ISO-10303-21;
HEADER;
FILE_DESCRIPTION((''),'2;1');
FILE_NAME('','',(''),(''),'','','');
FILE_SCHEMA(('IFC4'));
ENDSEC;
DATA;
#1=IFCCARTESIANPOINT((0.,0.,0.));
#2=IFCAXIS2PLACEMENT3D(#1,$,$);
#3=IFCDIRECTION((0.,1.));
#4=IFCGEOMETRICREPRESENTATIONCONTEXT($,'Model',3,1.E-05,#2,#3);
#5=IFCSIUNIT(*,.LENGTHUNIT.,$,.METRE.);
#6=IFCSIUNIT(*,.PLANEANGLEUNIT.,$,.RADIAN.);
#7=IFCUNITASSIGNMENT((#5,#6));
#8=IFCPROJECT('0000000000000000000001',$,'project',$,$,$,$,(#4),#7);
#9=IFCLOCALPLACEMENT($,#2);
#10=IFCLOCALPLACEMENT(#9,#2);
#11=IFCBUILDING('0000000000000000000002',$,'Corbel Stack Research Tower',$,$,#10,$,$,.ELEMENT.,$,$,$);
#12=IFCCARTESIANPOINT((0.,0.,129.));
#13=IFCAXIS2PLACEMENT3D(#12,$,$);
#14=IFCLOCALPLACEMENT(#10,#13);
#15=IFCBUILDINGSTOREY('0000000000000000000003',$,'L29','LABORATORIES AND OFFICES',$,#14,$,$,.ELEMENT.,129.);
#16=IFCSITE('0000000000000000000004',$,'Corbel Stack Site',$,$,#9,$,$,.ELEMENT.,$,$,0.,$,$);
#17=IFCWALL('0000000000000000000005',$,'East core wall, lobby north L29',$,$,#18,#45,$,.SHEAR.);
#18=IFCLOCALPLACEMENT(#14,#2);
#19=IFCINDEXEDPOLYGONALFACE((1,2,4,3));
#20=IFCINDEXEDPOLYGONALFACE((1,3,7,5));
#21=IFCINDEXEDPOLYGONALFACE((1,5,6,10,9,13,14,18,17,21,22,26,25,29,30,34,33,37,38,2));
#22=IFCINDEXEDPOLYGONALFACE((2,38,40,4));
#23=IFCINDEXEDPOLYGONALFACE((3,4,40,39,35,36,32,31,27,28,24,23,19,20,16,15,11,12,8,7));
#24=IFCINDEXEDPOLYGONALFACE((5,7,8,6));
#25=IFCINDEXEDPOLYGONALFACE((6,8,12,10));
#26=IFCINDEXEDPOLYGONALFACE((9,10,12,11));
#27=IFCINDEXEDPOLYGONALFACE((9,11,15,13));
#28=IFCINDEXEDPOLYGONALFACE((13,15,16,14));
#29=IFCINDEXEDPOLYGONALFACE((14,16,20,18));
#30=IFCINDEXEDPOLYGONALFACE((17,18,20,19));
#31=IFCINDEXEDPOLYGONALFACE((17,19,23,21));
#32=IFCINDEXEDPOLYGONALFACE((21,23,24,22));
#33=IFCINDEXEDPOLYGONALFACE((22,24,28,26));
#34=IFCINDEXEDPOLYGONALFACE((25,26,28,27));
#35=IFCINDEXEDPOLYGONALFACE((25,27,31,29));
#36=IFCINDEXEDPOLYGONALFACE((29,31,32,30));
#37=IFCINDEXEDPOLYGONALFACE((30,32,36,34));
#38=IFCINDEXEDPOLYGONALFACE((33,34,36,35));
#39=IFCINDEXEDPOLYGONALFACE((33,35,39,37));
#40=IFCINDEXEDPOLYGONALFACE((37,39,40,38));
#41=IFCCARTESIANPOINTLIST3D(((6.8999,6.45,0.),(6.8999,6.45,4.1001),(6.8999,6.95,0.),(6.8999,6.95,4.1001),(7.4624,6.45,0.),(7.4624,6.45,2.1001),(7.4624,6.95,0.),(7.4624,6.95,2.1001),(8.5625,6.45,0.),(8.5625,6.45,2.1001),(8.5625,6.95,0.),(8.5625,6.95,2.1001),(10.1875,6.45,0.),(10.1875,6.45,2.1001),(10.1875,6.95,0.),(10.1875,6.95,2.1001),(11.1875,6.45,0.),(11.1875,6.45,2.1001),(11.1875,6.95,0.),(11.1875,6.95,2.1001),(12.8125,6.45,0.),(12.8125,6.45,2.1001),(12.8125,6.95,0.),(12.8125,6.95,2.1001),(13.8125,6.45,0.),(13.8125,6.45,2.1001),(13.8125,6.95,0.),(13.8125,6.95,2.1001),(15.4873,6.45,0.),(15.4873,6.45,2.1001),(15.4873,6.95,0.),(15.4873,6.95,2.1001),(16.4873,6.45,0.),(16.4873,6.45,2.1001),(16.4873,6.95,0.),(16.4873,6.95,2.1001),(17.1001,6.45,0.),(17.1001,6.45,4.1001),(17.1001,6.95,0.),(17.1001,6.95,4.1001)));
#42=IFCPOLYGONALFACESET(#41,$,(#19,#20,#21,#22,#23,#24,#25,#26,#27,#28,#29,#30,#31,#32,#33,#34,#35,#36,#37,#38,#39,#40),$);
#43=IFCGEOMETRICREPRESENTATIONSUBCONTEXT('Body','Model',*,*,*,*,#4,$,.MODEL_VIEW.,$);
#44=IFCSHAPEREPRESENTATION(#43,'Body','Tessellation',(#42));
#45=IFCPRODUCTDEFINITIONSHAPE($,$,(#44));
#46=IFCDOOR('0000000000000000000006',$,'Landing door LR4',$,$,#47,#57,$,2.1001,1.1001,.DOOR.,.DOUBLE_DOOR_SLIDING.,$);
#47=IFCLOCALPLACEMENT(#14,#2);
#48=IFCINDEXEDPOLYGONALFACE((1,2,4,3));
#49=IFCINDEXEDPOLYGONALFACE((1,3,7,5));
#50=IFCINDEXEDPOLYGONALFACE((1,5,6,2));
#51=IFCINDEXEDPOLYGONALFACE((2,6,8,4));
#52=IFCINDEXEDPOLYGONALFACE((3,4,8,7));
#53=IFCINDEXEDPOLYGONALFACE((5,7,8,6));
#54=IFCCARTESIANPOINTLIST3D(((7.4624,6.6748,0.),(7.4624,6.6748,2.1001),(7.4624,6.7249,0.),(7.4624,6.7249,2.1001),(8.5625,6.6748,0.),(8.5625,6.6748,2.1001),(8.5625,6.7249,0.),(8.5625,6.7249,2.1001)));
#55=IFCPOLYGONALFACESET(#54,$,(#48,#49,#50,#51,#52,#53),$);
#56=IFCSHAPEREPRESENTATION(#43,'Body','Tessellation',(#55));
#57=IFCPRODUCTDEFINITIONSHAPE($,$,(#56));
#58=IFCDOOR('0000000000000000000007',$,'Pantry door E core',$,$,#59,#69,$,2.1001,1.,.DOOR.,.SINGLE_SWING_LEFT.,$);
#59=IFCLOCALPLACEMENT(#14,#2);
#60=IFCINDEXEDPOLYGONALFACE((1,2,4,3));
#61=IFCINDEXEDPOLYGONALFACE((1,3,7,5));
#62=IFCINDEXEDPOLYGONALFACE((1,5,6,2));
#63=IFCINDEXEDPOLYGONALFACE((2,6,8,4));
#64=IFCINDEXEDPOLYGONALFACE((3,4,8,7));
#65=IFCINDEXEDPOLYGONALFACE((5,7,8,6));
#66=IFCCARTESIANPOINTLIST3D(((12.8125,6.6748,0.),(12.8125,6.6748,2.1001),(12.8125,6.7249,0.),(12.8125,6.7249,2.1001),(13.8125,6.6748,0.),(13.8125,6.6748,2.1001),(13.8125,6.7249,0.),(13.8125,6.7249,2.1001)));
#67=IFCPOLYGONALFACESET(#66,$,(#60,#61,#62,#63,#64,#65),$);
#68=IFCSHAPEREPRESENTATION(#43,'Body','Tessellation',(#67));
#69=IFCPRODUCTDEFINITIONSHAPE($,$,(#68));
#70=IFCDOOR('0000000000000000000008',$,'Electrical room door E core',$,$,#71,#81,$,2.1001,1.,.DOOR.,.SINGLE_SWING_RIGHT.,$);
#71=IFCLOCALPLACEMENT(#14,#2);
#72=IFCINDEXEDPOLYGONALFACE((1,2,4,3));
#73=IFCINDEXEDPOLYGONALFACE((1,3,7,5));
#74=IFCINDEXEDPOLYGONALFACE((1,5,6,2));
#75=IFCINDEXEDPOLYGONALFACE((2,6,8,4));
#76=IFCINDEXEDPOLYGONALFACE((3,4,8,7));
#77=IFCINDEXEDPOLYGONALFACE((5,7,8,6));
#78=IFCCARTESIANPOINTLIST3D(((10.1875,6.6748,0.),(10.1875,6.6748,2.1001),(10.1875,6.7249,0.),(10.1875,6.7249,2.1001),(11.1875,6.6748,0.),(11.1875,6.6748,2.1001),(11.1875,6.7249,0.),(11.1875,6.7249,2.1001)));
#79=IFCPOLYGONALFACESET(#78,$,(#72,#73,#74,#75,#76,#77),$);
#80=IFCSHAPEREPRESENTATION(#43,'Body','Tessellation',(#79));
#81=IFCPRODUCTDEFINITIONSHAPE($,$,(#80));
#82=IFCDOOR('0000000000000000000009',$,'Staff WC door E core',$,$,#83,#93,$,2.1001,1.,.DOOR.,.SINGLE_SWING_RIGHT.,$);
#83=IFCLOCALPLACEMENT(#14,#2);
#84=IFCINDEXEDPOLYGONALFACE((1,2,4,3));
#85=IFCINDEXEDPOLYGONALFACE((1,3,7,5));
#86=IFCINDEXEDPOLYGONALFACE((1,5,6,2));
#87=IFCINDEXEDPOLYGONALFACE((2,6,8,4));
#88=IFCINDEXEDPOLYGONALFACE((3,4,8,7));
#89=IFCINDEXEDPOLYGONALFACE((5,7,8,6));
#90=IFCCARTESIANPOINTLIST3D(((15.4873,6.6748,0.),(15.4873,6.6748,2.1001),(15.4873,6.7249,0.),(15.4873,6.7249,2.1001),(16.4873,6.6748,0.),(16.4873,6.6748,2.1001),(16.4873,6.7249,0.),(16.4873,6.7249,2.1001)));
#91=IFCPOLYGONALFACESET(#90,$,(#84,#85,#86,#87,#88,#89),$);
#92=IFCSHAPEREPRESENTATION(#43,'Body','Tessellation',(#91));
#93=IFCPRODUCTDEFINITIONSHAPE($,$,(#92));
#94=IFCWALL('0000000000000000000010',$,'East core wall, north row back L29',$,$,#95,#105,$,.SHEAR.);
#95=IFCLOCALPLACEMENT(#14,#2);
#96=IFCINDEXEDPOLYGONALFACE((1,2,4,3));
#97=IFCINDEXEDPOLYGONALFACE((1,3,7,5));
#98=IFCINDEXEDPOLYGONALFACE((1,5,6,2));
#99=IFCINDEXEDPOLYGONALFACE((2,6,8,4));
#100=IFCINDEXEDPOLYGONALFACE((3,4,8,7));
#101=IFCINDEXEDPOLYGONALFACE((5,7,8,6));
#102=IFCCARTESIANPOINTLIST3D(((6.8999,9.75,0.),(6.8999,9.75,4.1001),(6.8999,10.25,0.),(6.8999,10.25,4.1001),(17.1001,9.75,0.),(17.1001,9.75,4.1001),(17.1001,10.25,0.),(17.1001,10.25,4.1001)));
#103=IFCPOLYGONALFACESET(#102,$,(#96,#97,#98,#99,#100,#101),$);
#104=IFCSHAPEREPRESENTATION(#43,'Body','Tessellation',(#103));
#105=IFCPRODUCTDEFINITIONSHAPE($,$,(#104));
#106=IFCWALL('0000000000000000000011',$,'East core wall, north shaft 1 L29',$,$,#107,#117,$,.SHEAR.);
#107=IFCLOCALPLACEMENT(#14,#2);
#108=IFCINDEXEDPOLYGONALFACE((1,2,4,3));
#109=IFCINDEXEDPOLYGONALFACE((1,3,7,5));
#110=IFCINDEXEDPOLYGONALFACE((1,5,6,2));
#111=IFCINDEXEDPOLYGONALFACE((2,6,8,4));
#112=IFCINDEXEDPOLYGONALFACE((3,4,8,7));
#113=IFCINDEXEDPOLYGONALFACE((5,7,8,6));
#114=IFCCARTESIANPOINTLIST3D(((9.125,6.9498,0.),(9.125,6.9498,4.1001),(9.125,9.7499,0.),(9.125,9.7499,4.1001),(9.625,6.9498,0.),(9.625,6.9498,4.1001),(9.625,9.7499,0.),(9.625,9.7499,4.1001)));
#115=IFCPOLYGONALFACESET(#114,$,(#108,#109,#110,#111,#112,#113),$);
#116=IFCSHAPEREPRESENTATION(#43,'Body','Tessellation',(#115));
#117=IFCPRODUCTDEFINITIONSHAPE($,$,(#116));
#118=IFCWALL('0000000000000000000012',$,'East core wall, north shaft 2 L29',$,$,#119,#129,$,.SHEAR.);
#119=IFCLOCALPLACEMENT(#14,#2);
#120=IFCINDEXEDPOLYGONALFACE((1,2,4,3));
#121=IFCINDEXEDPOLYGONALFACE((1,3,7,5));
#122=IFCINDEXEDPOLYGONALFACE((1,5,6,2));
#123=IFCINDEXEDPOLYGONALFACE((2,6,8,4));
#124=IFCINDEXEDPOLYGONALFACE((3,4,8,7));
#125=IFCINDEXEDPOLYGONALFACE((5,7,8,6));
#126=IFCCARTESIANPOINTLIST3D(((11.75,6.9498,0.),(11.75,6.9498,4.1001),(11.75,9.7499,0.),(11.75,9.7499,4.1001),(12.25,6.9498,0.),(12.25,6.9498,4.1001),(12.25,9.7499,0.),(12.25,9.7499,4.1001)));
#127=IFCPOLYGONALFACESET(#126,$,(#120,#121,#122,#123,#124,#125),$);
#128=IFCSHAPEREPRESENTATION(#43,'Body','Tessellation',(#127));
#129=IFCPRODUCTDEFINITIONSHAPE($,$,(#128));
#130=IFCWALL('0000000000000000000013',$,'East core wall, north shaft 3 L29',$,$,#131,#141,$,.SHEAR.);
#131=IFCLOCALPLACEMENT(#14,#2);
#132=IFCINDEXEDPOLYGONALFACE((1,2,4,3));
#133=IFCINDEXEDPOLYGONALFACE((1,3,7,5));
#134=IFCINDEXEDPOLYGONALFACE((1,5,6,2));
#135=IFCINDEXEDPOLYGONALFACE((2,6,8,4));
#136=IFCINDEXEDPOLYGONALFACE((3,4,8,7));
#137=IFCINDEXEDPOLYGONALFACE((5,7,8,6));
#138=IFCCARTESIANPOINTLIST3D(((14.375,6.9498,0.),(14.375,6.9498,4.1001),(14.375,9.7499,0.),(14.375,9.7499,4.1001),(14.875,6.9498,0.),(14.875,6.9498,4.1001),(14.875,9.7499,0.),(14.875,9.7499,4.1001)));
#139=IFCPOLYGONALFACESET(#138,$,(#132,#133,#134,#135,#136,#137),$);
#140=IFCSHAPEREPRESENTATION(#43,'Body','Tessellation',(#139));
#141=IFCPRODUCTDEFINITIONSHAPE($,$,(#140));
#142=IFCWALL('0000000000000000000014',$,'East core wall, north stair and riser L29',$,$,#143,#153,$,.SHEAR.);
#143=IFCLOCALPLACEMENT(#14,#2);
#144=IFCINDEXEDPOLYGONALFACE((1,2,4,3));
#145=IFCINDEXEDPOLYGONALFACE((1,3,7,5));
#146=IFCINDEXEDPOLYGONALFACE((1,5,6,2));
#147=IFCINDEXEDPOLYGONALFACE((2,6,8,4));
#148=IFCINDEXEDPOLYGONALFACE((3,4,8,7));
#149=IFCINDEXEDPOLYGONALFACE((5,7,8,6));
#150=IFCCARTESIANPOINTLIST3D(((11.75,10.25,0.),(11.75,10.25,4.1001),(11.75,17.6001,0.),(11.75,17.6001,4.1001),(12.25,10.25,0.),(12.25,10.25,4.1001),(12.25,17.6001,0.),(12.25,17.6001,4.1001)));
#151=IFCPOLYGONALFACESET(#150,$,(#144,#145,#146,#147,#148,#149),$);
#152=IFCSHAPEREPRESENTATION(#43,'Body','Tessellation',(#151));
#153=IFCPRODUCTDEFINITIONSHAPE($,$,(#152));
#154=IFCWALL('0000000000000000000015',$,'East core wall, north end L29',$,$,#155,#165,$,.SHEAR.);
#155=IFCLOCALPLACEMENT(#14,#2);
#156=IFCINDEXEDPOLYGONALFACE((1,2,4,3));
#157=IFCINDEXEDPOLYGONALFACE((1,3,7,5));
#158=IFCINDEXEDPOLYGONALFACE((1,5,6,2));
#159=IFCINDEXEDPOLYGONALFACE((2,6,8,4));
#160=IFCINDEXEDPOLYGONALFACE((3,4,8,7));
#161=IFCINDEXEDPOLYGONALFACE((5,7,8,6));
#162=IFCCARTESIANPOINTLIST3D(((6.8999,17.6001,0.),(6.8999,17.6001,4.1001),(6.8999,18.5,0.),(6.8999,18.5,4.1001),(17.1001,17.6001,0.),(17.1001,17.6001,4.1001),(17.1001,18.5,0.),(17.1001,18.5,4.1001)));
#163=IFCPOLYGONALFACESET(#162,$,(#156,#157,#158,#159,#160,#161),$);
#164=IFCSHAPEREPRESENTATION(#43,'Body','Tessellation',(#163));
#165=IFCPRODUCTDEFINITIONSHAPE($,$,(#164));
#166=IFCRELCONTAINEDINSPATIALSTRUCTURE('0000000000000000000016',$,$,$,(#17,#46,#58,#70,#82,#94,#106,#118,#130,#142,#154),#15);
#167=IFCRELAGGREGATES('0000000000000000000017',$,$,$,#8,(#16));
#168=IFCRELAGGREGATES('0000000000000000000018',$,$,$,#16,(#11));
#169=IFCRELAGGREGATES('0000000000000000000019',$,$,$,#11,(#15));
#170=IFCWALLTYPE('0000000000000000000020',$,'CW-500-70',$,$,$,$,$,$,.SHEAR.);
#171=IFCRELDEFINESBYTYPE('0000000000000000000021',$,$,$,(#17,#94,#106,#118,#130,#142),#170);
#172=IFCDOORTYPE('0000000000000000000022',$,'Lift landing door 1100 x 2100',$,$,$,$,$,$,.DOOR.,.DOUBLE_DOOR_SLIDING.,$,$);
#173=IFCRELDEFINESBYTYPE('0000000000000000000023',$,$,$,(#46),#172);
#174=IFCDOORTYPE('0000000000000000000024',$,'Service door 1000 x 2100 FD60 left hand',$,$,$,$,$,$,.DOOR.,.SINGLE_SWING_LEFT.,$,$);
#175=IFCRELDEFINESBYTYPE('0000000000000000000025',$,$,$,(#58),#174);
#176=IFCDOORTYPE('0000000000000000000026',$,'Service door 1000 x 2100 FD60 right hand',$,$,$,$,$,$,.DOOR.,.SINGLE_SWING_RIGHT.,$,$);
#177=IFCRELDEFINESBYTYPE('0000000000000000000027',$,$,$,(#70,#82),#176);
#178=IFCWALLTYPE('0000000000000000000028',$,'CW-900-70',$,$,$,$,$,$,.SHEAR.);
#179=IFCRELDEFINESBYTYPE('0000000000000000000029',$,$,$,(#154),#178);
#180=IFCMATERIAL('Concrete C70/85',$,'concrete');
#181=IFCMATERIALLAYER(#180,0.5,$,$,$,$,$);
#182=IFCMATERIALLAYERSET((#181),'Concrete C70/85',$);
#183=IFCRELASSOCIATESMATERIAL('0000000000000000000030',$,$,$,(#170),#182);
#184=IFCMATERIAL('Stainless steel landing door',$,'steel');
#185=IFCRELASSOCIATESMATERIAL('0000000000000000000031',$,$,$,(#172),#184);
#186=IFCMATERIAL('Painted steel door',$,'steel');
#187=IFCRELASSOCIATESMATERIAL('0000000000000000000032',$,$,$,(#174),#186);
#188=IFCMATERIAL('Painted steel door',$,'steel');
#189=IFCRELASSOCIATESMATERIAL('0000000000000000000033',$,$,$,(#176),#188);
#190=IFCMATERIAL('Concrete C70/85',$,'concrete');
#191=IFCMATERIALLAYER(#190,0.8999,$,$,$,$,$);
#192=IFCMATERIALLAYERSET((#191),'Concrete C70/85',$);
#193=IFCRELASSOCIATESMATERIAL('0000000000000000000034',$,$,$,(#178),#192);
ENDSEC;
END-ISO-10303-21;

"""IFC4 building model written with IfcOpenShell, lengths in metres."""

from ifc_helpers import new_model, si_unit, direction, frame, frame_2d, origin, place, context, subcontext, project, spatial, rectangle, extrude, material, layer, layer_set, type_object, element, fill, save


model = new_model("IFC4")

# Units and contexts
model_context = context("Model", 3, precision=1e-05, world=origin(), true_north=direction((0.0, 1.0)))
body_context = subcontext(model_context, "Body", "Model", "MODEL_VIEW")
ifc_project = project(units=[si_unit("LENGTHUNIT", "METRE"), si_unit("PLANEANGLEUNIT", "RADIAN")], contexts=[model_context])

# Site, building, storey
site_placement = place(None, origin())
site = spatial("IfcSite", under=ifc_project, at=site_placement, Name="Corbel Stack Site", CompositionType="ELEMENT", RefElevation=0.0)
building_placement = place(site_placement, origin())
building = spatial("IfcBuilding", under=site, at=building_placement, Name="Corbel Stack Research Tower", CompositionType="ELEMENT")
storey_placement = place(building_placement, frame((0.0, 0.0, 129.0)))
storey = spatial("IfcBuildingStorey", under=building, at=storey_placement, Name="L29", Description="LABORATORIES AND OFFICES", CompositionType="ELEMENT", Elevation=129.0)

# Wall, openings, doors
ifc_material_1 = material(Name="Concrete C70/85", Category="concrete")
ifc_layer_1 = layer(ifc_material_1, 0.5)
ifc_layer_set_1 = layer_set([ifc_layer_1], Name="Concrete C70/85")
wall_type_1 = type_object("IfcWallType", Name="CW-500-70", PredefinedType="SHEAR", material=ifc_layer_set_1)
wall_1_placement = place(storey_placement, frame((6.8999, 6.7, 0.0), z_axis=(0.0, 0.0, 1.0), x_axis=(1.0, 0.0, 0.0)))
wall_1 = element("IfcWall", 1, at=wall_1_placement, inside=storey, type_object=wall_type_1, Name="East core wall, lobby north L29", PredefinedType="SHEAR", context=body_context, shape_type="SweptSolid", body=[
    extrude(rectangle(XDim=10.2002, YDim=0.5, at=frame_2d((5.1001, 0.0))), origin(), (0.0, 0.0, 1.0), 4.1001),
])
opening_1_placement = place(wall_1_placement, frame((0.5625, 0.0, 0.0)))
opening_1 = element("IfcOpeningElement", 2, at=opening_1_placement, cuts=wall_1, PredefinedType="OPENING", context=body_context, shape_type="SweptSolid", body=[
    extrude(rectangle(XDim=1.1001, YDim=2.1001, at=frame_2d((0.55, 1.05))), frame((0.0, 0.26, 0.0), z_axis=(0.0, -1.0, 0.0), x_axis=(1.0, 0.0, 0.0)), (0.0, 0.0, 1.0), 0.52),
])
opening_2_placement = place(wall_1_placement, frame((3.2876, 0.0, 0.0)))
opening_2 = element("IfcOpeningElement", 3, at=opening_2_placement, cuts=wall_1, PredefinedType="OPENING", context=body_context, shape_type="SweptSolid", body=[
    extrude(rectangle(XDim=1.0, YDim=2.1001, at=frame_2d((0.5, 1.05))), frame((0.0, 0.26, 0.0), z_axis=(0.0, -1.0, 0.0), x_axis=(1.0, 0.0, 0.0)), (0.0, 0.0, 1.0), 0.52),
])
opening_3_placement = place(wall_1_placement, frame((5.9126, 0.0, 0.0)))
opening_3 = element("IfcOpeningElement", 4, at=opening_3_placement, cuts=wall_1, PredefinedType="OPENING", context=body_context, shape_type="SweptSolid", body=[
    extrude(rectangle(XDim=1.0, YDim=2.1001, at=frame_2d((0.5, 1.05))), frame((0.0, 0.26, 0.0), z_axis=(0.0, -1.0, 0.0), x_axis=(1.0, 0.0, 0.0)), (0.0, 0.0, 1.0), 0.52),
])
opening_4_placement = place(wall_1_placement, frame((8.5874, 0.0, 0.0)))
opening_4 = element("IfcOpeningElement", 5, at=opening_4_placement, cuts=wall_1, PredefinedType="OPENING", context=body_context, shape_type="SweptSolid", body=[
    extrude(rectangle(XDim=1.0, YDim=2.1001, at=frame_2d((0.5, 1.05))), frame((0.0, 0.26, 0.0), z_axis=(0.0, -1.0, 0.0), x_axis=(1.0, 0.0, 0.0)), (0.0, 0.0, 1.0), 0.52),
])
ifc_material_2 = material(Name="Stainless steel landing door", Category="steel")
door_type_1 = type_object("IfcDoorType", Name="Lift landing door 1100 x 2100", OperationType="DOUBLE_DOOR_SLIDING", PredefinedType="DOOR", material=ifc_material_2)
door_1_placement = place(opening_1_placement, origin())
door_1 = element("IfcDoor", 6, at=door_1_placement, inside=storey, type_object=door_type_1, Name="Landing door LR4", OperationType="DOUBLE_DOOR_SLIDING", OverallHeight=2.1001, OverallWidth=1.1001, PredefinedType="DOOR", context=body_context, shape_type="SweptSolid", body=[
    extrude(rectangle(XDim=1.1001, YDim=2.1001, at=frame_2d((0.55, 1.05))), frame((0.0, 0.0249, 0.0), z_axis=(0.0, -1.0, 0.0), x_axis=(1.0, 0.0, 0.0)), (0.0, 0.0, 1.0), 0.05),
])
fill(opening_1, door_1)
ifc_material_3 = material(Name="Painted steel door", Category="steel")
door_type_2 = type_object("IfcDoorType", Name="Service door 1000 x 2100 FD60 left hand", OperationType="SINGLE_SWING_LEFT", PredefinedType="DOOR", material=ifc_material_3)
door_2_placement = place(opening_3_placement, origin())
door_2 = element("IfcDoor", 7, at=door_2_placement, inside=storey, type_object=door_type_2, Name="Pantry door E core", OperationType="SINGLE_SWING_LEFT", OverallHeight=2.1001, OverallWidth=1.0, PredefinedType="DOOR", context=body_context, shape_type="SweptSolid", body=[
    extrude(rectangle(XDim=1.0, YDim=2.1001, at=frame_2d((0.5, 1.05))), frame((0.0, 0.0249, 0.0), z_axis=(0.0, -1.0, 0.0), x_axis=(1.0, 0.0, 0.0)), (0.0, 0.0, 1.0), 0.05),
])
fill(opening_3, door_2)
ifc_material_4 = material(Name="Painted steel door", Category="steel")
door_type_3 = type_object("IfcDoorType", Name="Service door 1000 x 2100 FD60 right hand", OperationType="SINGLE_SWING_RIGHT", PredefinedType="DOOR", material=ifc_material_4)
door_3_placement = place(opening_2_placement, origin())
door_3 = element("IfcDoor", 8, at=door_3_placement, inside=storey, type_object=door_type_3, Name="Electrical room door E core", OperationType="SINGLE_SWING_RIGHT", OverallHeight=2.1001, OverallWidth=1.0, PredefinedType="DOOR", context=body_context, shape_type="SweptSolid", body=[
    extrude(rectangle(XDim=1.0, YDim=2.1001, at=frame_2d((0.5, 1.05))), frame((0.0, 0.0249, 0.0), z_axis=(0.0, -1.0, 0.0), x_axis=(1.0, 0.0, 0.0)), (0.0, 0.0, 1.0), 0.05),
])
fill(opening_2, door_3)
door_4_placement = place(opening_4_placement, origin())
door_4 = element("IfcDoor", 9, at=door_4_placement, inside=storey, type_object=door_type_3, Name="Staff WC door E core", OperationType="SINGLE_SWING_RIGHT", OverallHeight=2.1001, OverallWidth=1.0, PredefinedType="DOOR", context=body_context, shape_type="SweptSolid", body=[
    extrude(rectangle(XDim=1.0, YDim=2.1001, at=frame_2d((0.5, 1.05))), frame((0.0, 0.0249, 0.0), z_axis=(0.0, -1.0, 0.0), x_axis=(1.0, 0.0, 0.0)), (0.0, 0.0, 1.0), 0.05),
])
fill(opening_4, door_4)

# Walls
wall_2_placement = place(storey_placement, frame((6.8999, 10.0, 0.0), z_axis=(0.0, 0.0, 1.0), x_axis=(1.0, 0.0, 0.0)))
element("IfcWall", 10, at=wall_2_placement, inside=storey, type_object=wall_type_1, Name="East core wall, north row back L29", PredefinedType="SHEAR", context=body_context, shape_type="SweptSolid", body=[
    extrude(rectangle(XDim=10.2002, YDim=0.5, at=frame_2d((5.1001, 0.0))), origin(), (0.0, 0.0, 1.0), 4.1001),
])
for number, where, z_axis, x_axis, name in (
    (11, (9.375, 6.95, 0.0), (0.0, 0.0, 1.0), (0.0, 1.0, 0.0), "East core wall, north shaft 1 L29"),
    (12, (12.0, 6.95, 0.0), (0.0, 0.0, 1.0), (0.0, 1.0, 0.0), "East core wall, north shaft 2 L29"),
    (13, (14.625, 6.95, 0.0), (0.0, 0.0, 1.0), (0.0, 1.0, 0.0), "East core wall, north shaft 3 L29"),
):
    element("IfcWall", number, at=place(storey_placement, frame(where, z_axis=z_axis, x_axis=x_axis)), inside=storey, type_object=wall_type_1, Name=name, PredefinedType="SHEAR", context=body_context, shape_type="SweptSolid", body=[
        extrude(rectangle(XDim=2.8, YDim=0.5, at=frame_2d((1.3999, 0.0))), origin(), (0.0, 0.0, 1.0), 4.1001),
    ])
wall_3_placement = place(storey_placement, frame((12.0, 10.25, 0.0), z_axis=(0.0, 0.0, 1.0), x_axis=(0.0, 1.0, 0.0)))
element("IfcWall", 14, at=wall_3_placement, inside=storey, type_object=wall_type_1, Name="East core wall, north stair and riser L29", PredefinedType="SHEAR", context=body_context, shape_type="SweptSolid", body=[
    extrude(rectangle(XDim=7.3501, YDim=0.5, at=frame_2d((3.675, 0.0))), origin(), (0.0, 0.0, 1.0), 4.1001),
])
ifc_material_5 = material(Name="Concrete C70/85", Category="concrete")
ifc_layer_2 = layer(ifc_material_5, 0.8999)
ifc_layer_set_2 = layer_set([ifc_layer_2], Name="Concrete C70/85")
wall_type_2 = type_object("IfcWallType", Name="CW-900-70", PredefinedType="SHEAR", material=ifc_layer_set_2)
wall_4_placement = place(storey_placement, frame((6.8999, 18.05, 0.0), z_axis=(0.0, 0.0, 1.0), x_axis=(1.0, 0.0, 0.0)))
element("IfcWall", 15, at=wall_4_placement, inside=storey, type_object=wall_type_2, Name="East core wall, north end L29", PredefinedType="SHEAR", context=body_context, shape_type="SweptSolid", body=[
    extrude(rectangle(XDim=10.2002, YDim=0.8999, at=frame_2d((5.1001, 0.0))), origin(), (0.0, 0.0, 1.0), 4.1001),
])

save(model, "model.ifc")
